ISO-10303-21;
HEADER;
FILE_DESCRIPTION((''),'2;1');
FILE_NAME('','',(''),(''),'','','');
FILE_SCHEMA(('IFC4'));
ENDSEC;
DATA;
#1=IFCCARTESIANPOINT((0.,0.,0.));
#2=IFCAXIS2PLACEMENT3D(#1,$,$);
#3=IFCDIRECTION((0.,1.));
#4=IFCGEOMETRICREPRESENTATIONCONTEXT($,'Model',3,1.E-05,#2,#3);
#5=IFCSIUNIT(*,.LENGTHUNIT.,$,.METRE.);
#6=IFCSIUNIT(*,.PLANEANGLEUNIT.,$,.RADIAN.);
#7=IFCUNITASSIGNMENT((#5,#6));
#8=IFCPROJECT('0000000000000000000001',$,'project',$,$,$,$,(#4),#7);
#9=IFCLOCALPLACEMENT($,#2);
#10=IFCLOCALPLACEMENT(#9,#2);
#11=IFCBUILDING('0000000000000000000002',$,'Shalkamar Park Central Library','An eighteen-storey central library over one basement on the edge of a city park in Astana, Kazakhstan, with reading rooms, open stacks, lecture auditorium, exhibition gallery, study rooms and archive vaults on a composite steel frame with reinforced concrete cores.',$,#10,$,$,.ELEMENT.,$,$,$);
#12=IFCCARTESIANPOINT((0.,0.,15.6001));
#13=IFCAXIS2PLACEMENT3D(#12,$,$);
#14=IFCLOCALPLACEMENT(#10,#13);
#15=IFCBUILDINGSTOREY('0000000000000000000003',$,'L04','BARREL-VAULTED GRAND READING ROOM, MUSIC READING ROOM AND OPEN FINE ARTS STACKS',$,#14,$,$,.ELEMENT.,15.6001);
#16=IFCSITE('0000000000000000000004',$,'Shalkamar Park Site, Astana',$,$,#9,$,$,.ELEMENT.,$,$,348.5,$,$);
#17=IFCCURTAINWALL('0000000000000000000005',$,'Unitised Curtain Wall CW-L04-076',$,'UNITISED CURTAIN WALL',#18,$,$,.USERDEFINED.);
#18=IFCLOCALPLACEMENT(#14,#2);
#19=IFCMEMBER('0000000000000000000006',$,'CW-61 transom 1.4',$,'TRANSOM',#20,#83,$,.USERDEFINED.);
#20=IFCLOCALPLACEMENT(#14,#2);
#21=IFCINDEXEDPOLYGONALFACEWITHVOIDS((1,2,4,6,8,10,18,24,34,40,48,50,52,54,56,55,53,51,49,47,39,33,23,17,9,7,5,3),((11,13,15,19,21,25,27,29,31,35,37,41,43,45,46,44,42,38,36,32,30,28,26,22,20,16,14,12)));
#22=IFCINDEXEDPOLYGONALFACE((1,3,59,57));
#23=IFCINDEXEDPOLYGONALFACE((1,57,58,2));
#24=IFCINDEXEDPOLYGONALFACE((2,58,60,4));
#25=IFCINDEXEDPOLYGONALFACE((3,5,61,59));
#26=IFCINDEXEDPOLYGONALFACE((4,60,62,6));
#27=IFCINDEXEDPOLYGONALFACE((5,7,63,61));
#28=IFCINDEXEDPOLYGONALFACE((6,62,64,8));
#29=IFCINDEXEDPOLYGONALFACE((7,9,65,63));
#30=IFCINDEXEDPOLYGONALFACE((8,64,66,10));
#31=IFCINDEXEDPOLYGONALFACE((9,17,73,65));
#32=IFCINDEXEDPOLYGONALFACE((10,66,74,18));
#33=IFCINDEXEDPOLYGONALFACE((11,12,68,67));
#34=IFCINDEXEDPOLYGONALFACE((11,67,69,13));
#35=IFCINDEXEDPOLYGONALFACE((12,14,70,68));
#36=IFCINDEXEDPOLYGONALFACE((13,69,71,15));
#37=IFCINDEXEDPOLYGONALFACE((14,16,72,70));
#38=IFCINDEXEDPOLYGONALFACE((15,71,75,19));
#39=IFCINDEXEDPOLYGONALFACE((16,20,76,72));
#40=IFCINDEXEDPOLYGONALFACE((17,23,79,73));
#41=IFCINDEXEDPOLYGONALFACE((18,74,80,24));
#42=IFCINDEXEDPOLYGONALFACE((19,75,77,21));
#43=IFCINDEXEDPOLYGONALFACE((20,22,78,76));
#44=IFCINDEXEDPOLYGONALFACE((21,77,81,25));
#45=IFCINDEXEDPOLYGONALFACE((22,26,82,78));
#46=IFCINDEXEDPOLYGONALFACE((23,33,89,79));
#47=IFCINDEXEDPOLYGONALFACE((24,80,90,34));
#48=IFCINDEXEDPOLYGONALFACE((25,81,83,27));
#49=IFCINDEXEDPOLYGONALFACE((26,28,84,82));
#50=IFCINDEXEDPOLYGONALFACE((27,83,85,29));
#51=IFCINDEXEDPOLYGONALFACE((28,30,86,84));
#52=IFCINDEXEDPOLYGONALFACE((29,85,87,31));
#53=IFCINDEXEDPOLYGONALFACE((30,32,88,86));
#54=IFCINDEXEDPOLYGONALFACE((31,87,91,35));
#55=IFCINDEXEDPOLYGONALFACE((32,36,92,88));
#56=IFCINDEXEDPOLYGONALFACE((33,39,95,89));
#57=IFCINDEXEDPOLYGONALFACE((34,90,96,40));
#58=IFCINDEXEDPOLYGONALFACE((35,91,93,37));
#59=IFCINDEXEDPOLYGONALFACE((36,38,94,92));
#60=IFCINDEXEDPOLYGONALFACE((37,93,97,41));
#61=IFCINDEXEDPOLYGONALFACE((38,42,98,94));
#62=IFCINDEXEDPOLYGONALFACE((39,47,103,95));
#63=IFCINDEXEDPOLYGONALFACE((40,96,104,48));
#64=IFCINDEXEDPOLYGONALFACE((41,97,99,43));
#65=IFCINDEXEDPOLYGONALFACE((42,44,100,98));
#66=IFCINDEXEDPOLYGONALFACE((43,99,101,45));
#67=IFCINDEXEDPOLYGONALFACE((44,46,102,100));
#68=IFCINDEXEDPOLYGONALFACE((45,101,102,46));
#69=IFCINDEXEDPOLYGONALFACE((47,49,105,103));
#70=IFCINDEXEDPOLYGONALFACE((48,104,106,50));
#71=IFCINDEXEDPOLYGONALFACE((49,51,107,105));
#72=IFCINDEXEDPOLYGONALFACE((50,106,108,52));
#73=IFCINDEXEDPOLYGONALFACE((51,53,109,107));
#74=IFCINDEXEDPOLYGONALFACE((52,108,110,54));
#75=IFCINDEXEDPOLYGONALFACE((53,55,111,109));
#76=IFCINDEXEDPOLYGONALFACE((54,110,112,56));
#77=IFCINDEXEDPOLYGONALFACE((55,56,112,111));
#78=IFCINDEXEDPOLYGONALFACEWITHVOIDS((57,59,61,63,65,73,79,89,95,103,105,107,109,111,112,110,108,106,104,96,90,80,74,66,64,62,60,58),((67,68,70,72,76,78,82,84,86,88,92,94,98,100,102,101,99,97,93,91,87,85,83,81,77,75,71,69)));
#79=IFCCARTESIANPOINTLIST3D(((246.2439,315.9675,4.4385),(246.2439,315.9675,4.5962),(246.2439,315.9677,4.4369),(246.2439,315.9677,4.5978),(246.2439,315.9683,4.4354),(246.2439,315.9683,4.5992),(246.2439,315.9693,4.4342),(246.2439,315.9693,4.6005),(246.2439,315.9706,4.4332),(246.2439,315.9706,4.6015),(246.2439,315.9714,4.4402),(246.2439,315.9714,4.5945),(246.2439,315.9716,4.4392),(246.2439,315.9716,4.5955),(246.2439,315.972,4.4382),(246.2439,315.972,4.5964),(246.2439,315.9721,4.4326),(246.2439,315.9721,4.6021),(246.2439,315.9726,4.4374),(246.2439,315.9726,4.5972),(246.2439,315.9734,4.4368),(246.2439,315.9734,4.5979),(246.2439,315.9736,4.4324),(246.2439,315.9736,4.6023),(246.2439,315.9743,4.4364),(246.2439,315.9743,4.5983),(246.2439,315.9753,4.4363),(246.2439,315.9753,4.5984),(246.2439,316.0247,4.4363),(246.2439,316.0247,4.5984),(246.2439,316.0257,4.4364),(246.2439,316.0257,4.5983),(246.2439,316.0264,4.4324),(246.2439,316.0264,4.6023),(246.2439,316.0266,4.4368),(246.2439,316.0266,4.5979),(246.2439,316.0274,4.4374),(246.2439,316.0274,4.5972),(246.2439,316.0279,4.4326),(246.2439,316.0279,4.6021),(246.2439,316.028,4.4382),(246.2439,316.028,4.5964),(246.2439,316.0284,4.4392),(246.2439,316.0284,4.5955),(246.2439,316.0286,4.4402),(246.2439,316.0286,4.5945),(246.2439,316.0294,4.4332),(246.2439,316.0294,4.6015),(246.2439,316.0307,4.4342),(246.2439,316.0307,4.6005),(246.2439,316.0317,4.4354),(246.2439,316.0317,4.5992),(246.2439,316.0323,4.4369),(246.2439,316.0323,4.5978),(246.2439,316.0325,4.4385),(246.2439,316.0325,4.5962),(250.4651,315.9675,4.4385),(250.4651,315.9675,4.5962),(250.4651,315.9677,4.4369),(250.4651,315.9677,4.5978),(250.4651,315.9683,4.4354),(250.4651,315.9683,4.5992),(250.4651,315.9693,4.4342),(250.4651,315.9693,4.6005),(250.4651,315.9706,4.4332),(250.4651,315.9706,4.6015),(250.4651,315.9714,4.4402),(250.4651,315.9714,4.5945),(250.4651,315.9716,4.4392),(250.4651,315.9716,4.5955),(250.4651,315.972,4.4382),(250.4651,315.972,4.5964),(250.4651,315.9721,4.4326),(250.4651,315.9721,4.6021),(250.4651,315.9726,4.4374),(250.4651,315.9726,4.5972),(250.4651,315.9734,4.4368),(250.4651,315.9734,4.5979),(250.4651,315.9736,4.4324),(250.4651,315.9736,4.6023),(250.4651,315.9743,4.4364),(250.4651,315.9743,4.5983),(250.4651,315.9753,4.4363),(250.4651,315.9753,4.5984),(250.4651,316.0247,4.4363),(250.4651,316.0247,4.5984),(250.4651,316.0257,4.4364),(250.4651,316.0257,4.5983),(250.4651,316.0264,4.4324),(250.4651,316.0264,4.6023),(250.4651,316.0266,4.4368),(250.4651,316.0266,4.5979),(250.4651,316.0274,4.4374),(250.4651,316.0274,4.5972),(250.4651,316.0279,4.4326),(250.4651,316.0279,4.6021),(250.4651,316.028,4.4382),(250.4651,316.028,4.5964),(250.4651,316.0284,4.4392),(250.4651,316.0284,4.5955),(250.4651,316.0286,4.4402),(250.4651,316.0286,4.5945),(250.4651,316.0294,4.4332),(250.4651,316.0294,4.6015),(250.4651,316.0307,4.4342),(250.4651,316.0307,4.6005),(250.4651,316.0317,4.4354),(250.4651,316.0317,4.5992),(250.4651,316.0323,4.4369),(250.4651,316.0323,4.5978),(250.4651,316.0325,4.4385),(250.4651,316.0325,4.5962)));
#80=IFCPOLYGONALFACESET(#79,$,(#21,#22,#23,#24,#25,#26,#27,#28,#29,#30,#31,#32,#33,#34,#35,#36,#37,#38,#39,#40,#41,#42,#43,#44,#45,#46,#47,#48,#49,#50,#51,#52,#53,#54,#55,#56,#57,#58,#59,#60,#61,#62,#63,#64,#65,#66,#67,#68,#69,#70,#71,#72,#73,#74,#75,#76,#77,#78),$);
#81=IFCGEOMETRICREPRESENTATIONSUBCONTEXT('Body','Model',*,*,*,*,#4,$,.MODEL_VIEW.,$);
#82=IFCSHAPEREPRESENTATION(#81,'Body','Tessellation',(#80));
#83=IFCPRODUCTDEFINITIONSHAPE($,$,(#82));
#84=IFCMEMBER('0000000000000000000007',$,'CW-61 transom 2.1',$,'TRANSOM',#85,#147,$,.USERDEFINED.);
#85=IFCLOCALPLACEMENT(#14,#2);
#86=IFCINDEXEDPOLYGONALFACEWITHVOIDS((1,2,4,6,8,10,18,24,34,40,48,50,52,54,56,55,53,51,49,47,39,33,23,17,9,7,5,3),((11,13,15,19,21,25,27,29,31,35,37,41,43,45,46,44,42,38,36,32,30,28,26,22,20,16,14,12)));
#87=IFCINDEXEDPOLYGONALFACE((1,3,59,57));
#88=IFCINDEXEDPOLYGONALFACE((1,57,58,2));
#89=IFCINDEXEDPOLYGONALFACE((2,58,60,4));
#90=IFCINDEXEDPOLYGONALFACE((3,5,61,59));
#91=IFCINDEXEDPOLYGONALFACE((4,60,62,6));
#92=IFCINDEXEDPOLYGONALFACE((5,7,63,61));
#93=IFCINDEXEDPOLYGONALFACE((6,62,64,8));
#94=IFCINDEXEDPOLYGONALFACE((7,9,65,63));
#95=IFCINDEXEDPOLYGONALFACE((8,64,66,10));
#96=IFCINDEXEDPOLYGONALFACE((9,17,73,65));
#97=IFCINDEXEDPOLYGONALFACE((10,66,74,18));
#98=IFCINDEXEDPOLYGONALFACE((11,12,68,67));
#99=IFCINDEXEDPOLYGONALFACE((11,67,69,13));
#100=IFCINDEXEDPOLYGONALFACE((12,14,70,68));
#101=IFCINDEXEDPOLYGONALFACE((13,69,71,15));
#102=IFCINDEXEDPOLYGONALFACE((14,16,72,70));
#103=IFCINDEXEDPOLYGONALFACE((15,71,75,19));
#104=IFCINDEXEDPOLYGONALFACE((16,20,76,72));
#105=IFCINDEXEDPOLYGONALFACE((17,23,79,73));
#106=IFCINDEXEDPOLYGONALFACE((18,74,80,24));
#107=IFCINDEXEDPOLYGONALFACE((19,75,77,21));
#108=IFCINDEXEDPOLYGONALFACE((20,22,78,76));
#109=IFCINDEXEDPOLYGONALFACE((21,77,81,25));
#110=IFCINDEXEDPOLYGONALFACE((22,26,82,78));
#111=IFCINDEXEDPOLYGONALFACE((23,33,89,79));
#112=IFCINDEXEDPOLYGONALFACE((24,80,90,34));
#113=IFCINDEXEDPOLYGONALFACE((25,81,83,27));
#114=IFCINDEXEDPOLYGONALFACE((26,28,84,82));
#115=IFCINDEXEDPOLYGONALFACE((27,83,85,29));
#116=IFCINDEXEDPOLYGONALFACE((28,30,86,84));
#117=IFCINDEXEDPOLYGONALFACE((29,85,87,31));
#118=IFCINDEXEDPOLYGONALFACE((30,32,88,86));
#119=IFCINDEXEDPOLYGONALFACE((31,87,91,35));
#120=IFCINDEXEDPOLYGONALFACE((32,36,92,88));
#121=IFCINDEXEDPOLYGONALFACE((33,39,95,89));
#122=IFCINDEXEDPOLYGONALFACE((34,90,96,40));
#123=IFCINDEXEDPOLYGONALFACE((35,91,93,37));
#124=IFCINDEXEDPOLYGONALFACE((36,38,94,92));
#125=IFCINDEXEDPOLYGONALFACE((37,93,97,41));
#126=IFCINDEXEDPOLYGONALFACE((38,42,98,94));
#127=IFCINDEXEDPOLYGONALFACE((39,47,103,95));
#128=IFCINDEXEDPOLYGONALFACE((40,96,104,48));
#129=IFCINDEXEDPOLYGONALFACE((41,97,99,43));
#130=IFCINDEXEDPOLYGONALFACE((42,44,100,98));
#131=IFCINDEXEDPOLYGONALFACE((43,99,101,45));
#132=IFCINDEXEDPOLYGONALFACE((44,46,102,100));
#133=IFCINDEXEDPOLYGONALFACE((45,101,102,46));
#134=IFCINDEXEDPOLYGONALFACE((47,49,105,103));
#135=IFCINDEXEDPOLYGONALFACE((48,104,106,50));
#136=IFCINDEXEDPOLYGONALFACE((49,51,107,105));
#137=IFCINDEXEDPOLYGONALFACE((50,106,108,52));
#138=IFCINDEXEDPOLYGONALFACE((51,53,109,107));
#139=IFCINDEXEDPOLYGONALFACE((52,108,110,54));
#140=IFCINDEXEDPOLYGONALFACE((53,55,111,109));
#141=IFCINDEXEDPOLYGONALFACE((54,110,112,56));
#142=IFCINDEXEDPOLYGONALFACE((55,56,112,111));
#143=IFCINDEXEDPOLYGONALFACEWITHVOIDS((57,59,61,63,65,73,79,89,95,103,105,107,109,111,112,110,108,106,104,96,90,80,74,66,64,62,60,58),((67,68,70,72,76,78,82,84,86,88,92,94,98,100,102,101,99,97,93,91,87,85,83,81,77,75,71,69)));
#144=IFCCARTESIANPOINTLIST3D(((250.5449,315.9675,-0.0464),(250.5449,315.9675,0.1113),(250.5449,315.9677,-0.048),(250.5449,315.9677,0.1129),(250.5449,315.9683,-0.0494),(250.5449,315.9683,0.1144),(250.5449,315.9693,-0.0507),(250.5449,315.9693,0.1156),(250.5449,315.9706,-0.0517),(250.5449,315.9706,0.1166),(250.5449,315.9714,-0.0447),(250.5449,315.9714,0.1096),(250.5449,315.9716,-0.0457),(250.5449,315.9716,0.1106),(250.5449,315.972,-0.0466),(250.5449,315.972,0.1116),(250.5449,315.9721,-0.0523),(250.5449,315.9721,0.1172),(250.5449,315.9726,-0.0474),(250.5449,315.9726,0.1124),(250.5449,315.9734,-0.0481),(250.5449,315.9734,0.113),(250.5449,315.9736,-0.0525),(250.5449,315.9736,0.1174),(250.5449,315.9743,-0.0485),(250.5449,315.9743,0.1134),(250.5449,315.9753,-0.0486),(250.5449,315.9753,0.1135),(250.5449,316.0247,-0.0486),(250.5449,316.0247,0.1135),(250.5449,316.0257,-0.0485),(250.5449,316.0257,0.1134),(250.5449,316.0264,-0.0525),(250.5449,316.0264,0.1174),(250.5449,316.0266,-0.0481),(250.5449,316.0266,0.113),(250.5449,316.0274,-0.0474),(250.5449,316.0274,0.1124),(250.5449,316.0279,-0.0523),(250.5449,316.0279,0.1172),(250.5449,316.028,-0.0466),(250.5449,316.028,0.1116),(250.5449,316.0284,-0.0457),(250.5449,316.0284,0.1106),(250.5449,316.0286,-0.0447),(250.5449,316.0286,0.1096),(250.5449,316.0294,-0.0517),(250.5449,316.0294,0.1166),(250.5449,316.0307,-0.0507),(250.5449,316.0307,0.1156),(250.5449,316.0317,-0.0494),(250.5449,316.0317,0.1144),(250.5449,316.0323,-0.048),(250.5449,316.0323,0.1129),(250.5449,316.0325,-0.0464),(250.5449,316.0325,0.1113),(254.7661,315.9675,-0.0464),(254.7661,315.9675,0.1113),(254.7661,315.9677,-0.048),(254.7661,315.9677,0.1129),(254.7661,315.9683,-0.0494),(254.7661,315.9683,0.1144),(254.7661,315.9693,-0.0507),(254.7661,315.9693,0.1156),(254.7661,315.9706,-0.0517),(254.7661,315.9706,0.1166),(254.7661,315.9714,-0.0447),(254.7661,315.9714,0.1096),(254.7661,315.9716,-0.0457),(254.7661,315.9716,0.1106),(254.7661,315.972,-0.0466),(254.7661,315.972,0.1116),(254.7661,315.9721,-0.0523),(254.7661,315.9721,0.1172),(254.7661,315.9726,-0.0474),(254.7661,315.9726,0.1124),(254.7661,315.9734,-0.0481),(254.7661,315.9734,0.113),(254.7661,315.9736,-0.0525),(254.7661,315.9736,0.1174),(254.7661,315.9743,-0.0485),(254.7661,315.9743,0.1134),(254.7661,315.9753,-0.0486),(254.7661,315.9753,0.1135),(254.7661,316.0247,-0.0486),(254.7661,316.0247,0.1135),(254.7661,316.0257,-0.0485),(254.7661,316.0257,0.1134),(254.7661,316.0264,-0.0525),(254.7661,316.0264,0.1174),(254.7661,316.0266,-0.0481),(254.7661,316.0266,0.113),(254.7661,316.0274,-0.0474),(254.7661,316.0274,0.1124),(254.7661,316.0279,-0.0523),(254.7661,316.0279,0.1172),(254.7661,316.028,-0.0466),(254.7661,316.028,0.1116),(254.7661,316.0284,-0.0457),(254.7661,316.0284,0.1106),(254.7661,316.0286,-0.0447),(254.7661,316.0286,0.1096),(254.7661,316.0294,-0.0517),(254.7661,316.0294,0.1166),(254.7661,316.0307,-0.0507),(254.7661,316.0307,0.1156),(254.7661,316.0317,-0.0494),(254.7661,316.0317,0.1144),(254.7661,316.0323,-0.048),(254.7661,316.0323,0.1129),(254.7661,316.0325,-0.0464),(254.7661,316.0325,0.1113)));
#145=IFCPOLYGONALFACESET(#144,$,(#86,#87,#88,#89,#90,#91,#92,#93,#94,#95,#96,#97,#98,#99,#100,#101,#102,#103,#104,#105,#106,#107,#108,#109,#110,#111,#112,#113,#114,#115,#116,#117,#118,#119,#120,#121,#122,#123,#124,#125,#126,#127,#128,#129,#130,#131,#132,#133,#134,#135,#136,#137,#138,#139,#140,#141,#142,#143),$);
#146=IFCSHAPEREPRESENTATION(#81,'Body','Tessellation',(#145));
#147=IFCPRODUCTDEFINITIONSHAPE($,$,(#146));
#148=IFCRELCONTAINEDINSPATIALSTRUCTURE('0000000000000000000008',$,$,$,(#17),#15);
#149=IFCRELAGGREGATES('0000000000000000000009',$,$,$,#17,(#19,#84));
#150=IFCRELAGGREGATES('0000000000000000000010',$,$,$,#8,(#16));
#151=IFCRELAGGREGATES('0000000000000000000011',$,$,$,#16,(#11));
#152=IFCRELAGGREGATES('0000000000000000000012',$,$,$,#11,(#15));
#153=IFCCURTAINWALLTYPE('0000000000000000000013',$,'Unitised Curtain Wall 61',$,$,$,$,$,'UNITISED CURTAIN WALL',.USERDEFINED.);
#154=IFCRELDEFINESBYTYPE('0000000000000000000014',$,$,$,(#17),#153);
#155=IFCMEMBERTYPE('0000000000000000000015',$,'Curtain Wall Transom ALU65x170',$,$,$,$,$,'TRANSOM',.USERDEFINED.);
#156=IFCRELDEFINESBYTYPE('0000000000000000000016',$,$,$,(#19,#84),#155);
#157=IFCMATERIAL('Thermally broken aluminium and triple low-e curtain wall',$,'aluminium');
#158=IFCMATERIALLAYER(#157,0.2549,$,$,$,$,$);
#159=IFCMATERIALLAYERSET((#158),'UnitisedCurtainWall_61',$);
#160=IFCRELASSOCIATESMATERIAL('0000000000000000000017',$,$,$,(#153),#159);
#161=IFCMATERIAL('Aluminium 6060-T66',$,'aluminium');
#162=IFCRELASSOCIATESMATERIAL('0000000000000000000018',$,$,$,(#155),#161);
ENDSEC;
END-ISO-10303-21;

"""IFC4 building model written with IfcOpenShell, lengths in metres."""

from ifc_helpers import new_model, si_unit, direction, frame, origin, origin_2d, place, context, subcontext, project, spatial, hollow_rectangle, extrude, material, layer, layer_set, material_profile, profile_set, type_object, element, aggregate, save


model = new_model("IFC4")

# Units and contexts
model_context = context("Model", 3, precision=1e-05, world=origin(), true_north=direction((0.0, 1.0)))
body_context = subcontext(model_context, "Body", "Model", "MODEL_VIEW")
ifc_project = project(units=[si_unit("LENGTHUNIT", "METRE"), si_unit("PLANEANGLEUNIT", "RADIAN")], contexts=[model_context])

# Site, building, storey
site_placement = place(None, origin())
site = spatial("IfcSite", under=ifc_project, at=site_placement, Name="Shalkamar Park Site, Astana", CompositionType="ELEMENT", RefElevation=348.5)
building_placement = place(site_placement, origin())
building = spatial("IfcBuilding", under=site, at=building_placement, Name="Shalkamar Park Central Library", Description="An eighteen-storey central library over one basement on the edge of a city park in Astana, Kazakhstan, with reading rooms, open stacks, lecture auditorium, exhibition gallery, study rooms and archive vaults on a composite steel frame with reinforced concrete cores.", CompositionType="ELEMENT")
storey_placement = place(building_placement, frame((0.0, 0.0, 15.6001)))
storey = spatial("IfcBuildingStorey", under=building, at=storey_placement, Name="L04", Description="BARREL-VAULTED GRAND READING ROOM, MUSIC READING ROOM AND OPEN FINE ARTS STACKS", CompositionType="ELEMENT", Elevation=15.6001)

# Curtain wall
ifc_material_1 = material(Name="Thermally broken aluminium and triple low-e curtain wall", Category="aluminium")
ifc_material_2 = material(Name="Aluminium 6060-T66", Category="aluminium")
ifc_layer_1 = layer(ifc_material_1, 0.2549)
ifc_layer_set_1 = layer_set([ifc_layer_1], Name="UnitisedCurtainWall_61")
curtain_wall_type_1 = type_object("IfcCurtainWallType", Name="Unitised Curtain Wall 61", ElementType="UNITISED CURTAIN WALL", PredefinedType="USERDEFINED", material=ifc_layer_set_1)
curtain_wall_1_placement = place(storey_placement, origin())
curtain_wall_1 = element("IfcCurtainWall", 1, at=curtain_wall_1_placement, inside=storey, type_object=curtain_wall_type_1, Name="Unitised Curtain Wall CW-L04-076", ObjectType="UNITISED CURTAIN WALL", PredefinedType="USERDEFINED")

# Members
ifc_material_profile_1 = material_profile(ifc_material_2, hollow_rectangle(XDim=0.0649, YDim=0.1699, WallThickness=0.0039, InnerFilletRadius=0.0039, OuterFilletRadius=0.0061, at=origin_2d()), Name="ALU 65x170x4")
ifc_profile_set_1 = profile_set([ifc_material_profile_1], Name="Aluminium 6060-T66")
member_type_1 = type_object("IfcMemberType", Name="Curtain Wall Transom ALU65x170", ElementType="TRANSOM", PredefinedType="USERDEFINED", material=ifc_profile_set_1)
member_1_placement = place(storey_placement, frame((246.2439, 316.0, 4.5173), z_axis=(1.0, 0.0, 0.0), x_axis=(0.0, 1.0, 0.0)))
member_1 = element("IfcMember", 2, at=member_1_placement, type_object=member_type_1, Name="CW-61 transom 1.4", ObjectType="TRANSOM", PredefinedType="USERDEFINED", context=body_context, shape_type="SweptSolid", body=[
    extrude(hollow_rectangle(XDim=0.0649, YDim=0.1699, WallThickness=0.0039, InnerFilletRadius=0.0039, OuterFilletRadius=0.0061, at=origin_2d()), origin(), (0.0, 0.0, 1.0), 4.2212),
])
member_2_placement = place(storey_placement, frame((250.5449, 316.0, 0.0325), z_axis=(1.0, 0.0, 0.0), x_axis=(0.0, 1.0, 0.0)))
member_2 = element("IfcMember", 3, at=member_2_placement, type_object=member_type_1, Name="CW-61 transom 2.1", ObjectType="TRANSOM", PredefinedType="USERDEFINED", context=body_context, shape_type="SweptSolid", body=[
    extrude(hollow_rectangle(XDim=0.0649, YDim=0.1699, WallThickness=0.0039, InnerFilletRadius=0.0039, OuterFilletRadius=0.0061, at=origin_2d()), origin(), (0.0, 0.0, 1.0), 4.2212),
])

aggregate(curtain_wall_1, [member_1, member_2])

save(model, "model.ifc")
